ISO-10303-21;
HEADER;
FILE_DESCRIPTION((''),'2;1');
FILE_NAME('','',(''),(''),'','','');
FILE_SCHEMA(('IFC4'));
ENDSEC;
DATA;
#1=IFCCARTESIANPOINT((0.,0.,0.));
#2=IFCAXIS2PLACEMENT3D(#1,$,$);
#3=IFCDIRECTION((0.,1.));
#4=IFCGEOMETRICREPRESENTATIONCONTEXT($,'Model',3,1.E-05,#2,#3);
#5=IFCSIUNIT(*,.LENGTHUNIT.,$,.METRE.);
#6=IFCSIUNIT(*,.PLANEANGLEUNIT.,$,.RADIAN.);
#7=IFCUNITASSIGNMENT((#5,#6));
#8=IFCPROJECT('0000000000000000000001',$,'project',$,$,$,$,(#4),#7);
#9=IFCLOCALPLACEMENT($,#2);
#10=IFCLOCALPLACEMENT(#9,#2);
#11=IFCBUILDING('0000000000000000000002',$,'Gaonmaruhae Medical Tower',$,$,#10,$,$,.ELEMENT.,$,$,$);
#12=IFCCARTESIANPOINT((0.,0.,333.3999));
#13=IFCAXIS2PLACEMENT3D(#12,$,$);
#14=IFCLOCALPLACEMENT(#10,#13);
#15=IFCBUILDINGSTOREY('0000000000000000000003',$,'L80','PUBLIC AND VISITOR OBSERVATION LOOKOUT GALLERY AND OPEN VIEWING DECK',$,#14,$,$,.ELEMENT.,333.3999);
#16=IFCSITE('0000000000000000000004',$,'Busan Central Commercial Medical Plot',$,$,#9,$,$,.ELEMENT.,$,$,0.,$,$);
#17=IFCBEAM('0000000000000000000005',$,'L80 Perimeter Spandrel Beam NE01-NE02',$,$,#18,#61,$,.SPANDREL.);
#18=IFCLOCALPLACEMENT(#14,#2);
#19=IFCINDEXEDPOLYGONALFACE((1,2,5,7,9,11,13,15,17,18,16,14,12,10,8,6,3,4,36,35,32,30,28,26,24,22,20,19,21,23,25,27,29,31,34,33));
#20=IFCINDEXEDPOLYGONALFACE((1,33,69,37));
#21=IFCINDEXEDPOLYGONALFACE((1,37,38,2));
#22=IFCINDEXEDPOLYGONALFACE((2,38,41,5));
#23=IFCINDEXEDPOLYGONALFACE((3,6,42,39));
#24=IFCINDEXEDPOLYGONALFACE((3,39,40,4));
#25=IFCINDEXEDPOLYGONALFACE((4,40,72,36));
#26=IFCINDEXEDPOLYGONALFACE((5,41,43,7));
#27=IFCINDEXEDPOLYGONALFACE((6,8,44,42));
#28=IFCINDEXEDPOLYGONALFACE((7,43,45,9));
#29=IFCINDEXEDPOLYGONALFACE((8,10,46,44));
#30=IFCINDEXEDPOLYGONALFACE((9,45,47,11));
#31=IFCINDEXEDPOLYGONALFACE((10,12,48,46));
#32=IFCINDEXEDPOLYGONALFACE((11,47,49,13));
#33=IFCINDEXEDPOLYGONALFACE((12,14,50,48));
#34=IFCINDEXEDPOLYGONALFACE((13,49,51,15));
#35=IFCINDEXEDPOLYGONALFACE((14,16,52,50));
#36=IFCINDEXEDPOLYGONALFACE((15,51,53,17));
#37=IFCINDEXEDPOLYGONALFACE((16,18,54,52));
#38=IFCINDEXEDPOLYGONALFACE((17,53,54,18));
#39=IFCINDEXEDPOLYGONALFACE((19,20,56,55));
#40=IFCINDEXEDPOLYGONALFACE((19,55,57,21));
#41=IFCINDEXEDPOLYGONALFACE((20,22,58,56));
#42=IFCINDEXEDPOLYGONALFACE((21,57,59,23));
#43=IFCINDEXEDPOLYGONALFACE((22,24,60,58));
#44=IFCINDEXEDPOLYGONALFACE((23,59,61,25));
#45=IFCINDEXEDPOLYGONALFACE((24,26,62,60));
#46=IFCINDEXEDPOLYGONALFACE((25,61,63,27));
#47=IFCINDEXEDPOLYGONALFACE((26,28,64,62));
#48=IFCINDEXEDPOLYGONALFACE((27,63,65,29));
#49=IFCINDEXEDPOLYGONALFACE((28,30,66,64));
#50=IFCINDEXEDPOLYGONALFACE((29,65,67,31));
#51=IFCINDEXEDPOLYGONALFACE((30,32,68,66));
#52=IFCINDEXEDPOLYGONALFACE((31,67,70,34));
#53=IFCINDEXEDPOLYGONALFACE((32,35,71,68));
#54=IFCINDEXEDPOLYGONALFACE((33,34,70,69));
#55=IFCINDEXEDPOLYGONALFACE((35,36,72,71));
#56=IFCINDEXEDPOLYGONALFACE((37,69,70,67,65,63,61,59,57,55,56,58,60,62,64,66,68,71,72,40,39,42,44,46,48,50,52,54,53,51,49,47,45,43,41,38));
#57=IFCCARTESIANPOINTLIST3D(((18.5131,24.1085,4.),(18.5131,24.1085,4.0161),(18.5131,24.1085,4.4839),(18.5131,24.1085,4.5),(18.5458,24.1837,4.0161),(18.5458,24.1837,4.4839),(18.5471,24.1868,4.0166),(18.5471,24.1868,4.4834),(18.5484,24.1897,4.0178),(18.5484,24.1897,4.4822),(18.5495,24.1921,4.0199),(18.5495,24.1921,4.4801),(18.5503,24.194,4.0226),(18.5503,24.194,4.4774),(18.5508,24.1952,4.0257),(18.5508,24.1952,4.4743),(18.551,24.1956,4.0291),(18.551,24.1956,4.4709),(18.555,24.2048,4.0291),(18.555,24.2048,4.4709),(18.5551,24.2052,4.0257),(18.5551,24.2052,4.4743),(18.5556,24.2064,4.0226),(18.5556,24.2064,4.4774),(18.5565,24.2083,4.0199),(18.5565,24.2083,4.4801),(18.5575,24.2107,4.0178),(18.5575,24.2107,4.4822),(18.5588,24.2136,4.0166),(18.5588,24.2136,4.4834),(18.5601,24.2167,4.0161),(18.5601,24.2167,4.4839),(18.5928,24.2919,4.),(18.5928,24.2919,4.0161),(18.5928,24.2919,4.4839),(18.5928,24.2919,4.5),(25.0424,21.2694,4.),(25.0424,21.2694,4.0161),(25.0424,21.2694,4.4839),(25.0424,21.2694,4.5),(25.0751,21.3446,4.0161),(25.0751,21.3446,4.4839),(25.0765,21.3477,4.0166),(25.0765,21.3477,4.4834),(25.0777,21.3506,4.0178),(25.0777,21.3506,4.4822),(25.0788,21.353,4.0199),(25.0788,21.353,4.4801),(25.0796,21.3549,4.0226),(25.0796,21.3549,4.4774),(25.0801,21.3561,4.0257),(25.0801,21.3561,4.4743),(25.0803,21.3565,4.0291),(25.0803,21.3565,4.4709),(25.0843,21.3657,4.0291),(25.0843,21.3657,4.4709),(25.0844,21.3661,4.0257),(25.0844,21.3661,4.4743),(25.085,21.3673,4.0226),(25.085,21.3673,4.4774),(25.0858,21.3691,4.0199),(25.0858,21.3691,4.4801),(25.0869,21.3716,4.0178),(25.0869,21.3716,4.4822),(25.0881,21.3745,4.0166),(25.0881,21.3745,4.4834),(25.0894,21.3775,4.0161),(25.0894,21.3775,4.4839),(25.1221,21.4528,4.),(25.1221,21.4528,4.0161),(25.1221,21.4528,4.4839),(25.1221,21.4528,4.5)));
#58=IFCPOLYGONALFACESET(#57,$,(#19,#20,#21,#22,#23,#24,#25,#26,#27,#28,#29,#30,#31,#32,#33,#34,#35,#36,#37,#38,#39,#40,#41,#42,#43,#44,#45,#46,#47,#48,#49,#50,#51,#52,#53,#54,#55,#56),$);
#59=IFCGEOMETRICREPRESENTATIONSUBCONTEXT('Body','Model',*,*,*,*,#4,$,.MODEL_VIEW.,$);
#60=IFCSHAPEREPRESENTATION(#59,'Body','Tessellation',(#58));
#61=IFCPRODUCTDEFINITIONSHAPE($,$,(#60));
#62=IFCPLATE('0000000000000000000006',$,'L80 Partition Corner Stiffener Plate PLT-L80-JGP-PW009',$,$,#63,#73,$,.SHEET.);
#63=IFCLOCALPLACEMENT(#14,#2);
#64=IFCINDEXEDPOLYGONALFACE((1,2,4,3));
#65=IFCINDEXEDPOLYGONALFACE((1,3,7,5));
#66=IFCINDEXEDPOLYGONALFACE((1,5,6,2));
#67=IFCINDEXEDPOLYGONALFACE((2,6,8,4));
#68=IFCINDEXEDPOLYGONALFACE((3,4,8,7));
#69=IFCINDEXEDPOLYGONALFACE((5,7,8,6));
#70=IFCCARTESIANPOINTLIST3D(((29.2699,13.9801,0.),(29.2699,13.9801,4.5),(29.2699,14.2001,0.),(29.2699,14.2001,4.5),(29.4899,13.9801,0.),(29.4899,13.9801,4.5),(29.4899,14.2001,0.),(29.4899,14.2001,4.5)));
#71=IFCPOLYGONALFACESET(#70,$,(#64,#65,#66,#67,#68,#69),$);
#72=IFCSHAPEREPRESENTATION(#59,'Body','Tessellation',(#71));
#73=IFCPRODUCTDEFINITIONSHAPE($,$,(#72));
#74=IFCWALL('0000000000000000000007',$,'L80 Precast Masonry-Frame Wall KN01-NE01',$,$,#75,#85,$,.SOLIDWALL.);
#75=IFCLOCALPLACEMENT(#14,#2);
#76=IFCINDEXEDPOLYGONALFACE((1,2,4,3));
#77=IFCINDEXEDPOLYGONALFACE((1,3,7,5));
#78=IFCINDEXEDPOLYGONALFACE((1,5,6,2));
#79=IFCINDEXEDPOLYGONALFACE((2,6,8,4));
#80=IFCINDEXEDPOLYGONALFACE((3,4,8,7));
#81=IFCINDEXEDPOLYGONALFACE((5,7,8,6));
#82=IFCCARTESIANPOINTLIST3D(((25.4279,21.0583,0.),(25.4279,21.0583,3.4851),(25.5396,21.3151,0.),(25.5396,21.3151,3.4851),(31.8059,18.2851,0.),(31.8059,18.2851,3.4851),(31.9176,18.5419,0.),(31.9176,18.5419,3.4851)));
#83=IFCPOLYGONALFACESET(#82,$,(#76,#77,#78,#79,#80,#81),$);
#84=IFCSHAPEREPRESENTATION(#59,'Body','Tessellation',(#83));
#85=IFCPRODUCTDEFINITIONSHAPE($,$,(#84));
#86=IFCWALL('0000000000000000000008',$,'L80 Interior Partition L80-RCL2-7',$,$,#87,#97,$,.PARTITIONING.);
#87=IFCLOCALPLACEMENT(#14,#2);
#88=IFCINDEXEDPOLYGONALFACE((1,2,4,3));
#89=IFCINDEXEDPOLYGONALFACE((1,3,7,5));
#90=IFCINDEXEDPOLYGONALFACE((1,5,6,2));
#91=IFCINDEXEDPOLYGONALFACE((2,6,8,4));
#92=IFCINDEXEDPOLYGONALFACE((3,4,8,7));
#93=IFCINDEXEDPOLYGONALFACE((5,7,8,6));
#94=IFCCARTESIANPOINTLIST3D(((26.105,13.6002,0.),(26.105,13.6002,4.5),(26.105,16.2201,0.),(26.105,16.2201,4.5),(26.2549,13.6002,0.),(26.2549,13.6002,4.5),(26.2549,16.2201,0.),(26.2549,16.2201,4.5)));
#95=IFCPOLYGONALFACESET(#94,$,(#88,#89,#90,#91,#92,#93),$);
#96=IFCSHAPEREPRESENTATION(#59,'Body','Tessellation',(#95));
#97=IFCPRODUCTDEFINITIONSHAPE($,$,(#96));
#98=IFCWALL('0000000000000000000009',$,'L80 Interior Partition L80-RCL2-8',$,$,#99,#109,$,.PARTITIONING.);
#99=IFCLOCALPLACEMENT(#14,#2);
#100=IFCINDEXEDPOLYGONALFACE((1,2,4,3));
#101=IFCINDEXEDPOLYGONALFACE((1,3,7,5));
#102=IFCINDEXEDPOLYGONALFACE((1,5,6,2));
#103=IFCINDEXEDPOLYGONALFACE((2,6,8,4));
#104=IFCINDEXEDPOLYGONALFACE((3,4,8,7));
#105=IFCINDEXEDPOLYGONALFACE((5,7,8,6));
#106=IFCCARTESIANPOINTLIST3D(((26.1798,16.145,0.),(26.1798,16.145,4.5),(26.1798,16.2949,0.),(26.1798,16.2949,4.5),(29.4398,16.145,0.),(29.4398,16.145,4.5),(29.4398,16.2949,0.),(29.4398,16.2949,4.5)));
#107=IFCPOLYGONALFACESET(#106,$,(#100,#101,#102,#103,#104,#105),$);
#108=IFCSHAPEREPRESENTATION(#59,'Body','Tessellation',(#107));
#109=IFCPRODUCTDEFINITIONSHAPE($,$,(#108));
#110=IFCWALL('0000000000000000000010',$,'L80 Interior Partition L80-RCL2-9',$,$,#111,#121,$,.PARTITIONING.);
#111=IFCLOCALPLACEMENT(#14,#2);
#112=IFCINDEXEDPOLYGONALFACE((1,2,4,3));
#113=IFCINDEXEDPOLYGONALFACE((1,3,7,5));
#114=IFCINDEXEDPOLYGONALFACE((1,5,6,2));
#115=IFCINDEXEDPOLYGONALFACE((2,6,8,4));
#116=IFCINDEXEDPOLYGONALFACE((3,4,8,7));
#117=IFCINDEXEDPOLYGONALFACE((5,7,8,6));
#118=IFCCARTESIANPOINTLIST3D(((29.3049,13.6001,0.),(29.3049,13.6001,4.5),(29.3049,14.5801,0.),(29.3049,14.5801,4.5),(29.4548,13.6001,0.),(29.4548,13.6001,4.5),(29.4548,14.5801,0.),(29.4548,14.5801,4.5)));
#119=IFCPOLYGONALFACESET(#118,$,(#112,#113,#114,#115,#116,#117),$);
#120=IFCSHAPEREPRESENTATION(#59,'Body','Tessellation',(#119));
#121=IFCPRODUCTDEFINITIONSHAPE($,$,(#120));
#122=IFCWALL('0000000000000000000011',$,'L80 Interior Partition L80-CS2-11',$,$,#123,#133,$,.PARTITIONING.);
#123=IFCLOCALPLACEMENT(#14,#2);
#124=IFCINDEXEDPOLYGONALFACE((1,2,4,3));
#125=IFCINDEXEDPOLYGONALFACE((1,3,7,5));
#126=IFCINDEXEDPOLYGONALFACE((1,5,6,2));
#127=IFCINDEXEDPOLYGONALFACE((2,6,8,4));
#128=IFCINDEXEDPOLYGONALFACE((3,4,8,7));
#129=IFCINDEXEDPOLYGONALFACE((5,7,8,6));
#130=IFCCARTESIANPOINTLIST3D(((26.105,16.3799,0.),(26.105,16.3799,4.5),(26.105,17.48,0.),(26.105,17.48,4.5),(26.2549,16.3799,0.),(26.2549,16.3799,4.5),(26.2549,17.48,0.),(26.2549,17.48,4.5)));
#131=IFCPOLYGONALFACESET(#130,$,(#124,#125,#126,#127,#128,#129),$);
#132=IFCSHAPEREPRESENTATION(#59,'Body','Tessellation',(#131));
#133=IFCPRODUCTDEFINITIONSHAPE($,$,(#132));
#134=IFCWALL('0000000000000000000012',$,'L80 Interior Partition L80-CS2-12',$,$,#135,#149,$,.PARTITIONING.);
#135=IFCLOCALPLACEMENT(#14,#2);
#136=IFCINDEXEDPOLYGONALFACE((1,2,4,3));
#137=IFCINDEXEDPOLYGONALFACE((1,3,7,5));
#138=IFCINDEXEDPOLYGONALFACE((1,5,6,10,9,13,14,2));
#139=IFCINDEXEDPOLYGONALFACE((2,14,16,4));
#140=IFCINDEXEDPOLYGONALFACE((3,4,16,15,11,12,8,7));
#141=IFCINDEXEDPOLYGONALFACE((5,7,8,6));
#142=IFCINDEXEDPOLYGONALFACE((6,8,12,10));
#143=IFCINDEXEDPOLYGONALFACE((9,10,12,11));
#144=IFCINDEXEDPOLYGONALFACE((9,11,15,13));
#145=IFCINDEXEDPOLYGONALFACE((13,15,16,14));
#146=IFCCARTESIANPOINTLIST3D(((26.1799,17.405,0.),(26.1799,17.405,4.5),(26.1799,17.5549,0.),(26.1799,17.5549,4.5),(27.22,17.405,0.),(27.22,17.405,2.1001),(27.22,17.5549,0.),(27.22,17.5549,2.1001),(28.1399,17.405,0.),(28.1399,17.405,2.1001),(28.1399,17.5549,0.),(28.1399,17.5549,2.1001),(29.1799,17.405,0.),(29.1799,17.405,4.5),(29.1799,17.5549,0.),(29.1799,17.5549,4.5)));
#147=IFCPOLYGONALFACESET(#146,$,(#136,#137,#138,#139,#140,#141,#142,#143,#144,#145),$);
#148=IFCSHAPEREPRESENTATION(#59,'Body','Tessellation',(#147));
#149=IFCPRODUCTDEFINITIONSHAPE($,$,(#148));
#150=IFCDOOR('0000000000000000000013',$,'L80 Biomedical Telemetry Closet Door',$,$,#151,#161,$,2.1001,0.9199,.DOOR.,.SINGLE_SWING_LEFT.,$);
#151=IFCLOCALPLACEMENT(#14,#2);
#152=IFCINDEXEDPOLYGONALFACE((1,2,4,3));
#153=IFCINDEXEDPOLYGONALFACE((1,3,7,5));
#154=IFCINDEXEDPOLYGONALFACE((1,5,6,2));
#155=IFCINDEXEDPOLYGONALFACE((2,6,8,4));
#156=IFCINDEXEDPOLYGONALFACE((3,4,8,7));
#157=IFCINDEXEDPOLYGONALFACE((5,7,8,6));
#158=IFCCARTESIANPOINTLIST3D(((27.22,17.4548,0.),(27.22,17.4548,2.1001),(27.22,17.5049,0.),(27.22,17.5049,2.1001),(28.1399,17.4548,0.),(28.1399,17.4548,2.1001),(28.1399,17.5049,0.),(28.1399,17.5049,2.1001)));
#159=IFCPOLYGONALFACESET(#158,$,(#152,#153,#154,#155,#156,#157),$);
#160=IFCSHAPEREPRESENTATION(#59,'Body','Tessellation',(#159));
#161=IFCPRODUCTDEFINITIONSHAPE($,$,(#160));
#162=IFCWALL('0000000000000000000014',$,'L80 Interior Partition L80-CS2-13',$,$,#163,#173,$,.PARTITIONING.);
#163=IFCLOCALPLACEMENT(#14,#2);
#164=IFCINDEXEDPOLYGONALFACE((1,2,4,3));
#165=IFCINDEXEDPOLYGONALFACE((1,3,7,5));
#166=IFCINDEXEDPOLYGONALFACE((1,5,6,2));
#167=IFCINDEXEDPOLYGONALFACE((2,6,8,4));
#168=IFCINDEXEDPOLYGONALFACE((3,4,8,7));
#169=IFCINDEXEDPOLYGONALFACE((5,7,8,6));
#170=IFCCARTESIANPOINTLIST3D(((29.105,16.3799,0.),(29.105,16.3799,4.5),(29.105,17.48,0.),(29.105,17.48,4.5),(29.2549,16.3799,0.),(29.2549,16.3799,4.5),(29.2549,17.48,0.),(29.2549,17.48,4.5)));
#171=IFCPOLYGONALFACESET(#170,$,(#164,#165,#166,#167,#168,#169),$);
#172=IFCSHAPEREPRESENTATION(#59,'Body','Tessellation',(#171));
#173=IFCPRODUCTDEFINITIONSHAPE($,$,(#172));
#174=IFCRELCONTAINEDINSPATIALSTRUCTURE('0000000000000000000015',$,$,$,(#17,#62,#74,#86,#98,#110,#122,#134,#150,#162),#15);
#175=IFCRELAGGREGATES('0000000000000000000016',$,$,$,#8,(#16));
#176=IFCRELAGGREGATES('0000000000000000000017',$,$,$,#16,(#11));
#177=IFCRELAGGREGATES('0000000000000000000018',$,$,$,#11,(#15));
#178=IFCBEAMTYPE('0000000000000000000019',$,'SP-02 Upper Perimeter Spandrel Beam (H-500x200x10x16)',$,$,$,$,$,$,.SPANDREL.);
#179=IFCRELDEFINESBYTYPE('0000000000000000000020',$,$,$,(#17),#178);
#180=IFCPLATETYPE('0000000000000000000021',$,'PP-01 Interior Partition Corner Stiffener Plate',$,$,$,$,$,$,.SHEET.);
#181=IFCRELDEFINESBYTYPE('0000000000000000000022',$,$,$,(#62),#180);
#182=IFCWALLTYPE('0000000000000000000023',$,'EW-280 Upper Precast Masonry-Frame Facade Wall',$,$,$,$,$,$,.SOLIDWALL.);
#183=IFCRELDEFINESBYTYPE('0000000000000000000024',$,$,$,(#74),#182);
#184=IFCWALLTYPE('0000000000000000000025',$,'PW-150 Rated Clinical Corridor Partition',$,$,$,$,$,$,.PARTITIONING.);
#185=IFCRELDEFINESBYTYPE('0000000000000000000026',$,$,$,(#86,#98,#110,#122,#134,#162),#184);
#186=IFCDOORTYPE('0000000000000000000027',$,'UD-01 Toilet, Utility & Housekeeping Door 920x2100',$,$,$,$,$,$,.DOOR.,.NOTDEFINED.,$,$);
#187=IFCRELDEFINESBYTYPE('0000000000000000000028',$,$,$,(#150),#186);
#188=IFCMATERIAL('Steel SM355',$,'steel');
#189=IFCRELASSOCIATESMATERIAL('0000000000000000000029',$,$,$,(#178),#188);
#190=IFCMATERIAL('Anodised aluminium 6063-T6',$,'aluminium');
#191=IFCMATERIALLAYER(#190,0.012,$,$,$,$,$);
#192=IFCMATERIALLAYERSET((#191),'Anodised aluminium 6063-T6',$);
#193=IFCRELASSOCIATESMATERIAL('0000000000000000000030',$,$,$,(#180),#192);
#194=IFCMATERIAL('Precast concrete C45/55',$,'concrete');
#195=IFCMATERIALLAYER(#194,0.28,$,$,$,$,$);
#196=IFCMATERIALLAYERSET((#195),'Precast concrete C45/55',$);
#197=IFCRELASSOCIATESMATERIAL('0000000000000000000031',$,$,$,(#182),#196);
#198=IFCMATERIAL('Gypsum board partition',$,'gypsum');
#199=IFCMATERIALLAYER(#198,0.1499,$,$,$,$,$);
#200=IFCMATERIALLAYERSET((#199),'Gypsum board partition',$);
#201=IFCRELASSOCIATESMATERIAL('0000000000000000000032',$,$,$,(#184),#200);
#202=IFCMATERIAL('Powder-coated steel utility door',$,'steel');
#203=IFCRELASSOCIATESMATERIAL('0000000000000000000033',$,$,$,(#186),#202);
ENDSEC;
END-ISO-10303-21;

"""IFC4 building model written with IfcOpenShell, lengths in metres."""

from ifc_helpers import new_model, si_unit, direction, frame, frame_2d, origin, origin_2d, place, context, subcontext, project, spatial, rectangle, i_section, extrude, material, layer, layer_set, material_profile, profile_set, type_object, element, fill, save


model = new_model("IFC4")

# Units and contexts
model_context = context("Model", 3, precision=1e-05, world=origin(), true_north=direction((0.0, 1.0)))
body_context = subcontext(model_context, "Body", "Model", "MODEL_VIEW")
ifc_project = project(units=[si_unit("LENGTHUNIT", "METRE"), si_unit("PLANEANGLEUNIT", "RADIAN")], contexts=[model_context])

# Site, building, storey
site_placement = place(None, origin())
site = spatial("IfcSite", under=ifc_project, at=site_placement, Name="Busan Central Commercial Medical Plot", CompositionType="ELEMENT", RefElevation=0.0)
building_placement = place(site_placement, origin())
building = spatial("IfcBuilding", under=site, at=building_placement, Name="Gaonmaruhae Medical Tower", CompositionType="ELEMENT")
storey_placement = place(building_placement, frame((0.0, 0.0, 333.3999)))
storey = spatial("IfcBuildingStorey", under=building, at=storey_placement, Name="L80", Description="PUBLIC AND VISITOR OBSERVATION LOOKOUT GALLERY AND OPEN VIEWING DECK", CompositionType="ELEMENT", Elevation=333.3999)

# Beam
ifc_material_1 = material(Name="Steel SM355", Category="steel")
ifc_material_profile_1 = material_profile(ifc_material_1, i_section(OverallWidth=0.2, OverallDepth=0.5, WebThickness=0.01, FlangeThickness=0.0161, FilletRadius=0.0129, at=origin_2d()), Name="H-500x200x10x16")
ifc_profile_set_1 = profile_set([ifc_material_profile_1], Name="Steel SM355")
beam_type_1 = type_object("IfcBeamType", Name="SP-02 Upper Perimeter Spandrel Beam (H-500x200x10x16)", PredefinedType="SPANDREL", material=ifc_profile_set_1)
beam_1_placement = place(storey_placement, frame((25.0823, 21.3611, 4.25), z_axis=(-0.917055, 0.39876, 0.0), x_axis=(-0.39876, -0.917055, 0.0)))
element("IfcBeam", 1, at=beam_1_placement, inside=storey, type_object=beam_type_1, Name="L80 Perimeter Spandrel Beam NE01-NE02", PredefinedType="SPANDREL", context=body_context, shape_type="SweptSolid", body=[
    extrude(i_section(OverallWidth=0.2, OverallDepth=0.5, WebThickness=0.01, FlangeThickness=0.0161, FilletRadius=0.0129, at=origin_2d()), origin(), (0.0, 0.0, 1.0), 7.1199),
])

# Plate
ifc_material_2 = material(Name="Anodised aluminium 6063-T6", Category="aluminium")
ifc_layer_1 = layer(ifc_material_2, 0.012)
ifc_layer_set_1 = layer_set([ifc_layer_1], Name="Anodised aluminium 6063-T6")
plate_type = type_object("IfcPlateType", Name="PP-01 Interior Partition Corner Stiffener Plate", PredefinedType="SHEET", material=ifc_layer_set_1)
plate_placement = place(storey_placement, frame((29.3799, 14.0901, 0.0), z_axis=(0.0, 0.0, 1.0), x_axis=(0.0, -1.0, 0.0)))
element("IfcPlate", 2, at=plate_placement, inside=storey, type_object=plate_type, Name="L80 Partition Corner Stiffener Plate PLT-L80-JGP-PW009", PredefinedType="SHEET", context=body_context, shape_type="SweptSolid", body=[
    extrude(rectangle(XDim=0.22, YDim=0.22, at=origin_2d()), origin(), (0.0, 0.0, 1.0), 4.5),
])

# Walls
ifc_material_3 = material(Name="Precast concrete C45/55", Category="concrete")
ifc_layer_2 = layer(ifc_material_3, 0.28)
ifc_layer_set_2 = layer_set([ifc_layer_2], Name="Precast concrete C45/55")
wall_type_1 = type_object("IfcWallType", Name="EW-280 Upper Precast Masonry-Frame Facade Wall", PredefinedType="SOLIDWALL", material=ifc_layer_set_2)
wall_1_placement = place(storey_placement, frame((25.4836, 21.1868, 0.0), z_axis=(0.0, 0.0, 1.0), x_axis=(0.917061, -0.398748, 0.0)))
element("IfcWall", 3, at=wall_1_placement, inside=storey, type_object=wall_type_1, Name="L80 Precast Masonry-Frame Wall KN01-NE01", PredefinedType="SOLIDWALL", context=body_context, shape_type="SweptSolid", body=[
    extrude(rectangle(XDim=6.9548, YDim=0.28, at=frame_2d((3.4775, 0.0))), origin(), (0.0, 0.0, 1.0), 3.4851),
])
ifc_material_4 = material(Name="Gypsum board partition", Category="gypsum")
ifc_layer_3 = layer(ifc_material_4, 0.1499)
ifc_layer_set_3 = layer_set([ifc_layer_3], Name="Gypsum board partition")
wall_type_2 = type_object("IfcWallType", Name="PW-150 Rated Clinical Corridor Partition", PredefinedType="PARTITIONING", material=ifc_layer_set_3)
wall_2_placement = place(storey_placement, frame((26.1799, 13.6001, 0.0), z_axis=(0.0, 0.0, 1.0), x_axis=(0.0, 1.0, 0.0)))
element("IfcWall", 4, at=wall_2_placement, inside=storey, type_object=wall_type_2, Name="L80 Interior Partition L80-RCL2-7", PredefinedType="PARTITIONING", context=body_context, shape_type="SweptSolid", body=[
    extrude(rectangle(XDim=2.6199, YDim=0.1499, at=frame_2d((1.3101, 0.0))), origin(), (0.0, 0.0, 1.0), 4.5),
])
wall_3_placement = place(storey_placement, frame((26.1799, 16.22, 0.0), z_axis=(0.0, 0.0, 1.0), x_axis=(1.0, 0.0, 0.0)))
element("IfcWall", 5, at=wall_3_placement, inside=storey, type_object=wall_type_2, Name="L80 Interior Partition L80-RCL2-8", PredefinedType="PARTITIONING", context=body_context, shape_type="SweptSolid", body=[
    extrude(rectangle(XDim=3.26, YDim=0.1499, at=frame_2d((1.6299, 0.0))), origin(), (0.0, 0.0, 1.0), 4.5),
])
wall_4_placement = place(storey_placement, frame((29.3799, 14.5801, 0.0), z_axis=(0.0, 0.0, 1.0), x_axis=(0.0, -1.0, 0.0)))
element("IfcWall", 6, at=wall_4_placement, inside=storey, type_object=wall_type_2, Name="L80 Interior Partition L80-RCL2-9", PredefinedType="PARTITIONING", context=body_context, shape_type="SweptSolid", body=[
    extrude(rectangle(XDim=0.98, YDim=0.1499, at=frame_2d((0.49, 0.0))), origin(), (0.0, 0.0, 1.0), 4.5),
])

# Wall
wall_5_placement = place(storey_placement, frame((26.1799, 16.3799, 0.0), z_axis=(0.0, 0.0, 1.0), x_axis=(0.0, 1.0, 0.0)))
element("IfcWall", 7, at=wall_5_placement, inside=storey, type_object=wall_type_2, Name="L80 Interior Partition L80-CS2-11", PredefinedType="PARTITIONING", context=body_context, shape_type="SweptSolid", body=[
    extrude(rectangle(XDim=1.1001, YDim=0.1499, at=frame_2d((0.55, 0.0))), origin(), (0.0, 0.0, 1.0), 4.5),
])

# Wall, opening, door
wall_6_placement = place(storey_placement, frame((26.1799, 17.48, 0.0), z_axis=(0.0, 0.0, 1.0), x_axis=(1.0, 0.0, 0.0)))
wall_6 = element("IfcWall", 8, at=wall_6_placement, inside=storey, type_object=wall_type_2, Name="L80 Interior Partition L80-CS2-12", PredefinedType="PARTITIONING", context=body_context, shape_type="SweptSolid", body=[
    extrude(rectangle(XDim=3.0, YDim=0.1499, at=frame_2d((1.5, 0.0))), origin(), (0.0, 0.0, 1.0), 4.5),
])
opening_1_placement = place(wall_6_placement, frame((1.04, 0.0, 0.0)))
opening_1 = element("IfcOpeningElement", 9, at=opening_1_placement, cuts=wall_6, PredefinedType="OPENING", context=body_context, shape_type="SweptSolid", body=[
    extrude(rectangle(XDim=0.9199, YDim=2.1001, at=frame_2d((0.46, 1.05))), frame((0.0, 0.085, 0.0), z_axis=(0.0, -1.0, 0.0), x_axis=(1.0, 0.0, 0.0)), (0.0, 0.0, 1.0), 0.1699),
])
ifc_material_5 = material(Name="Powder-coated steel utility door", Category="steel")
door_type_1 = type_object("IfcDoorType", Name="UD-01 Toilet, Utility & Housekeeping Door 920x2100", OperationType="NOTDEFINED", PredefinedType="DOOR", material=ifc_material_5)
door_1_placement = place(opening_1_placement, origin())
door_1 = element("IfcDoor", 10, at=door_1_placement, inside=storey, type_object=door_type_1, Name="L80 Biomedical Telemetry Closet Door", OperationType="SINGLE_SWING_LEFT", OverallHeight=2.1001, OverallWidth=0.9199, PredefinedType="DOOR", context=body_context, shape_type="SweptSolid", body=[
    extrude(rectangle(XDim=0.9199, YDim=2.1001, at=frame_2d((0.46, 1.05))), frame((0.0, 0.0249, 0.0), z_axis=(0.0, -1.0, 0.0), x_axis=(1.0, 0.0, 0.0)), (0.0, 0.0, 1.0), 0.05),
])
fill(opening_1, door_1)

# Wall
wall_7_placement = place(storey_placement, frame((29.1799, 17.48, 0.0), z_axis=(0.0, 0.0, 1.0), x_axis=(0.0, -1.0, 0.0)))
element("IfcWall", 11, at=wall_7_placement, inside=storey, type_object=wall_type_2, Name="L80 Interior Partition L80-CS2-13", PredefinedType="PARTITIONING", context=body_context, shape_type="SweptSolid", body=[
    extrude(rectangle(XDim=1.1001, YDim=0.1499, at=frame_2d((0.55, 0.0))), origin(), (0.0, 0.0, 1.0), 4.5),
])

save(model, "model.ifc")
